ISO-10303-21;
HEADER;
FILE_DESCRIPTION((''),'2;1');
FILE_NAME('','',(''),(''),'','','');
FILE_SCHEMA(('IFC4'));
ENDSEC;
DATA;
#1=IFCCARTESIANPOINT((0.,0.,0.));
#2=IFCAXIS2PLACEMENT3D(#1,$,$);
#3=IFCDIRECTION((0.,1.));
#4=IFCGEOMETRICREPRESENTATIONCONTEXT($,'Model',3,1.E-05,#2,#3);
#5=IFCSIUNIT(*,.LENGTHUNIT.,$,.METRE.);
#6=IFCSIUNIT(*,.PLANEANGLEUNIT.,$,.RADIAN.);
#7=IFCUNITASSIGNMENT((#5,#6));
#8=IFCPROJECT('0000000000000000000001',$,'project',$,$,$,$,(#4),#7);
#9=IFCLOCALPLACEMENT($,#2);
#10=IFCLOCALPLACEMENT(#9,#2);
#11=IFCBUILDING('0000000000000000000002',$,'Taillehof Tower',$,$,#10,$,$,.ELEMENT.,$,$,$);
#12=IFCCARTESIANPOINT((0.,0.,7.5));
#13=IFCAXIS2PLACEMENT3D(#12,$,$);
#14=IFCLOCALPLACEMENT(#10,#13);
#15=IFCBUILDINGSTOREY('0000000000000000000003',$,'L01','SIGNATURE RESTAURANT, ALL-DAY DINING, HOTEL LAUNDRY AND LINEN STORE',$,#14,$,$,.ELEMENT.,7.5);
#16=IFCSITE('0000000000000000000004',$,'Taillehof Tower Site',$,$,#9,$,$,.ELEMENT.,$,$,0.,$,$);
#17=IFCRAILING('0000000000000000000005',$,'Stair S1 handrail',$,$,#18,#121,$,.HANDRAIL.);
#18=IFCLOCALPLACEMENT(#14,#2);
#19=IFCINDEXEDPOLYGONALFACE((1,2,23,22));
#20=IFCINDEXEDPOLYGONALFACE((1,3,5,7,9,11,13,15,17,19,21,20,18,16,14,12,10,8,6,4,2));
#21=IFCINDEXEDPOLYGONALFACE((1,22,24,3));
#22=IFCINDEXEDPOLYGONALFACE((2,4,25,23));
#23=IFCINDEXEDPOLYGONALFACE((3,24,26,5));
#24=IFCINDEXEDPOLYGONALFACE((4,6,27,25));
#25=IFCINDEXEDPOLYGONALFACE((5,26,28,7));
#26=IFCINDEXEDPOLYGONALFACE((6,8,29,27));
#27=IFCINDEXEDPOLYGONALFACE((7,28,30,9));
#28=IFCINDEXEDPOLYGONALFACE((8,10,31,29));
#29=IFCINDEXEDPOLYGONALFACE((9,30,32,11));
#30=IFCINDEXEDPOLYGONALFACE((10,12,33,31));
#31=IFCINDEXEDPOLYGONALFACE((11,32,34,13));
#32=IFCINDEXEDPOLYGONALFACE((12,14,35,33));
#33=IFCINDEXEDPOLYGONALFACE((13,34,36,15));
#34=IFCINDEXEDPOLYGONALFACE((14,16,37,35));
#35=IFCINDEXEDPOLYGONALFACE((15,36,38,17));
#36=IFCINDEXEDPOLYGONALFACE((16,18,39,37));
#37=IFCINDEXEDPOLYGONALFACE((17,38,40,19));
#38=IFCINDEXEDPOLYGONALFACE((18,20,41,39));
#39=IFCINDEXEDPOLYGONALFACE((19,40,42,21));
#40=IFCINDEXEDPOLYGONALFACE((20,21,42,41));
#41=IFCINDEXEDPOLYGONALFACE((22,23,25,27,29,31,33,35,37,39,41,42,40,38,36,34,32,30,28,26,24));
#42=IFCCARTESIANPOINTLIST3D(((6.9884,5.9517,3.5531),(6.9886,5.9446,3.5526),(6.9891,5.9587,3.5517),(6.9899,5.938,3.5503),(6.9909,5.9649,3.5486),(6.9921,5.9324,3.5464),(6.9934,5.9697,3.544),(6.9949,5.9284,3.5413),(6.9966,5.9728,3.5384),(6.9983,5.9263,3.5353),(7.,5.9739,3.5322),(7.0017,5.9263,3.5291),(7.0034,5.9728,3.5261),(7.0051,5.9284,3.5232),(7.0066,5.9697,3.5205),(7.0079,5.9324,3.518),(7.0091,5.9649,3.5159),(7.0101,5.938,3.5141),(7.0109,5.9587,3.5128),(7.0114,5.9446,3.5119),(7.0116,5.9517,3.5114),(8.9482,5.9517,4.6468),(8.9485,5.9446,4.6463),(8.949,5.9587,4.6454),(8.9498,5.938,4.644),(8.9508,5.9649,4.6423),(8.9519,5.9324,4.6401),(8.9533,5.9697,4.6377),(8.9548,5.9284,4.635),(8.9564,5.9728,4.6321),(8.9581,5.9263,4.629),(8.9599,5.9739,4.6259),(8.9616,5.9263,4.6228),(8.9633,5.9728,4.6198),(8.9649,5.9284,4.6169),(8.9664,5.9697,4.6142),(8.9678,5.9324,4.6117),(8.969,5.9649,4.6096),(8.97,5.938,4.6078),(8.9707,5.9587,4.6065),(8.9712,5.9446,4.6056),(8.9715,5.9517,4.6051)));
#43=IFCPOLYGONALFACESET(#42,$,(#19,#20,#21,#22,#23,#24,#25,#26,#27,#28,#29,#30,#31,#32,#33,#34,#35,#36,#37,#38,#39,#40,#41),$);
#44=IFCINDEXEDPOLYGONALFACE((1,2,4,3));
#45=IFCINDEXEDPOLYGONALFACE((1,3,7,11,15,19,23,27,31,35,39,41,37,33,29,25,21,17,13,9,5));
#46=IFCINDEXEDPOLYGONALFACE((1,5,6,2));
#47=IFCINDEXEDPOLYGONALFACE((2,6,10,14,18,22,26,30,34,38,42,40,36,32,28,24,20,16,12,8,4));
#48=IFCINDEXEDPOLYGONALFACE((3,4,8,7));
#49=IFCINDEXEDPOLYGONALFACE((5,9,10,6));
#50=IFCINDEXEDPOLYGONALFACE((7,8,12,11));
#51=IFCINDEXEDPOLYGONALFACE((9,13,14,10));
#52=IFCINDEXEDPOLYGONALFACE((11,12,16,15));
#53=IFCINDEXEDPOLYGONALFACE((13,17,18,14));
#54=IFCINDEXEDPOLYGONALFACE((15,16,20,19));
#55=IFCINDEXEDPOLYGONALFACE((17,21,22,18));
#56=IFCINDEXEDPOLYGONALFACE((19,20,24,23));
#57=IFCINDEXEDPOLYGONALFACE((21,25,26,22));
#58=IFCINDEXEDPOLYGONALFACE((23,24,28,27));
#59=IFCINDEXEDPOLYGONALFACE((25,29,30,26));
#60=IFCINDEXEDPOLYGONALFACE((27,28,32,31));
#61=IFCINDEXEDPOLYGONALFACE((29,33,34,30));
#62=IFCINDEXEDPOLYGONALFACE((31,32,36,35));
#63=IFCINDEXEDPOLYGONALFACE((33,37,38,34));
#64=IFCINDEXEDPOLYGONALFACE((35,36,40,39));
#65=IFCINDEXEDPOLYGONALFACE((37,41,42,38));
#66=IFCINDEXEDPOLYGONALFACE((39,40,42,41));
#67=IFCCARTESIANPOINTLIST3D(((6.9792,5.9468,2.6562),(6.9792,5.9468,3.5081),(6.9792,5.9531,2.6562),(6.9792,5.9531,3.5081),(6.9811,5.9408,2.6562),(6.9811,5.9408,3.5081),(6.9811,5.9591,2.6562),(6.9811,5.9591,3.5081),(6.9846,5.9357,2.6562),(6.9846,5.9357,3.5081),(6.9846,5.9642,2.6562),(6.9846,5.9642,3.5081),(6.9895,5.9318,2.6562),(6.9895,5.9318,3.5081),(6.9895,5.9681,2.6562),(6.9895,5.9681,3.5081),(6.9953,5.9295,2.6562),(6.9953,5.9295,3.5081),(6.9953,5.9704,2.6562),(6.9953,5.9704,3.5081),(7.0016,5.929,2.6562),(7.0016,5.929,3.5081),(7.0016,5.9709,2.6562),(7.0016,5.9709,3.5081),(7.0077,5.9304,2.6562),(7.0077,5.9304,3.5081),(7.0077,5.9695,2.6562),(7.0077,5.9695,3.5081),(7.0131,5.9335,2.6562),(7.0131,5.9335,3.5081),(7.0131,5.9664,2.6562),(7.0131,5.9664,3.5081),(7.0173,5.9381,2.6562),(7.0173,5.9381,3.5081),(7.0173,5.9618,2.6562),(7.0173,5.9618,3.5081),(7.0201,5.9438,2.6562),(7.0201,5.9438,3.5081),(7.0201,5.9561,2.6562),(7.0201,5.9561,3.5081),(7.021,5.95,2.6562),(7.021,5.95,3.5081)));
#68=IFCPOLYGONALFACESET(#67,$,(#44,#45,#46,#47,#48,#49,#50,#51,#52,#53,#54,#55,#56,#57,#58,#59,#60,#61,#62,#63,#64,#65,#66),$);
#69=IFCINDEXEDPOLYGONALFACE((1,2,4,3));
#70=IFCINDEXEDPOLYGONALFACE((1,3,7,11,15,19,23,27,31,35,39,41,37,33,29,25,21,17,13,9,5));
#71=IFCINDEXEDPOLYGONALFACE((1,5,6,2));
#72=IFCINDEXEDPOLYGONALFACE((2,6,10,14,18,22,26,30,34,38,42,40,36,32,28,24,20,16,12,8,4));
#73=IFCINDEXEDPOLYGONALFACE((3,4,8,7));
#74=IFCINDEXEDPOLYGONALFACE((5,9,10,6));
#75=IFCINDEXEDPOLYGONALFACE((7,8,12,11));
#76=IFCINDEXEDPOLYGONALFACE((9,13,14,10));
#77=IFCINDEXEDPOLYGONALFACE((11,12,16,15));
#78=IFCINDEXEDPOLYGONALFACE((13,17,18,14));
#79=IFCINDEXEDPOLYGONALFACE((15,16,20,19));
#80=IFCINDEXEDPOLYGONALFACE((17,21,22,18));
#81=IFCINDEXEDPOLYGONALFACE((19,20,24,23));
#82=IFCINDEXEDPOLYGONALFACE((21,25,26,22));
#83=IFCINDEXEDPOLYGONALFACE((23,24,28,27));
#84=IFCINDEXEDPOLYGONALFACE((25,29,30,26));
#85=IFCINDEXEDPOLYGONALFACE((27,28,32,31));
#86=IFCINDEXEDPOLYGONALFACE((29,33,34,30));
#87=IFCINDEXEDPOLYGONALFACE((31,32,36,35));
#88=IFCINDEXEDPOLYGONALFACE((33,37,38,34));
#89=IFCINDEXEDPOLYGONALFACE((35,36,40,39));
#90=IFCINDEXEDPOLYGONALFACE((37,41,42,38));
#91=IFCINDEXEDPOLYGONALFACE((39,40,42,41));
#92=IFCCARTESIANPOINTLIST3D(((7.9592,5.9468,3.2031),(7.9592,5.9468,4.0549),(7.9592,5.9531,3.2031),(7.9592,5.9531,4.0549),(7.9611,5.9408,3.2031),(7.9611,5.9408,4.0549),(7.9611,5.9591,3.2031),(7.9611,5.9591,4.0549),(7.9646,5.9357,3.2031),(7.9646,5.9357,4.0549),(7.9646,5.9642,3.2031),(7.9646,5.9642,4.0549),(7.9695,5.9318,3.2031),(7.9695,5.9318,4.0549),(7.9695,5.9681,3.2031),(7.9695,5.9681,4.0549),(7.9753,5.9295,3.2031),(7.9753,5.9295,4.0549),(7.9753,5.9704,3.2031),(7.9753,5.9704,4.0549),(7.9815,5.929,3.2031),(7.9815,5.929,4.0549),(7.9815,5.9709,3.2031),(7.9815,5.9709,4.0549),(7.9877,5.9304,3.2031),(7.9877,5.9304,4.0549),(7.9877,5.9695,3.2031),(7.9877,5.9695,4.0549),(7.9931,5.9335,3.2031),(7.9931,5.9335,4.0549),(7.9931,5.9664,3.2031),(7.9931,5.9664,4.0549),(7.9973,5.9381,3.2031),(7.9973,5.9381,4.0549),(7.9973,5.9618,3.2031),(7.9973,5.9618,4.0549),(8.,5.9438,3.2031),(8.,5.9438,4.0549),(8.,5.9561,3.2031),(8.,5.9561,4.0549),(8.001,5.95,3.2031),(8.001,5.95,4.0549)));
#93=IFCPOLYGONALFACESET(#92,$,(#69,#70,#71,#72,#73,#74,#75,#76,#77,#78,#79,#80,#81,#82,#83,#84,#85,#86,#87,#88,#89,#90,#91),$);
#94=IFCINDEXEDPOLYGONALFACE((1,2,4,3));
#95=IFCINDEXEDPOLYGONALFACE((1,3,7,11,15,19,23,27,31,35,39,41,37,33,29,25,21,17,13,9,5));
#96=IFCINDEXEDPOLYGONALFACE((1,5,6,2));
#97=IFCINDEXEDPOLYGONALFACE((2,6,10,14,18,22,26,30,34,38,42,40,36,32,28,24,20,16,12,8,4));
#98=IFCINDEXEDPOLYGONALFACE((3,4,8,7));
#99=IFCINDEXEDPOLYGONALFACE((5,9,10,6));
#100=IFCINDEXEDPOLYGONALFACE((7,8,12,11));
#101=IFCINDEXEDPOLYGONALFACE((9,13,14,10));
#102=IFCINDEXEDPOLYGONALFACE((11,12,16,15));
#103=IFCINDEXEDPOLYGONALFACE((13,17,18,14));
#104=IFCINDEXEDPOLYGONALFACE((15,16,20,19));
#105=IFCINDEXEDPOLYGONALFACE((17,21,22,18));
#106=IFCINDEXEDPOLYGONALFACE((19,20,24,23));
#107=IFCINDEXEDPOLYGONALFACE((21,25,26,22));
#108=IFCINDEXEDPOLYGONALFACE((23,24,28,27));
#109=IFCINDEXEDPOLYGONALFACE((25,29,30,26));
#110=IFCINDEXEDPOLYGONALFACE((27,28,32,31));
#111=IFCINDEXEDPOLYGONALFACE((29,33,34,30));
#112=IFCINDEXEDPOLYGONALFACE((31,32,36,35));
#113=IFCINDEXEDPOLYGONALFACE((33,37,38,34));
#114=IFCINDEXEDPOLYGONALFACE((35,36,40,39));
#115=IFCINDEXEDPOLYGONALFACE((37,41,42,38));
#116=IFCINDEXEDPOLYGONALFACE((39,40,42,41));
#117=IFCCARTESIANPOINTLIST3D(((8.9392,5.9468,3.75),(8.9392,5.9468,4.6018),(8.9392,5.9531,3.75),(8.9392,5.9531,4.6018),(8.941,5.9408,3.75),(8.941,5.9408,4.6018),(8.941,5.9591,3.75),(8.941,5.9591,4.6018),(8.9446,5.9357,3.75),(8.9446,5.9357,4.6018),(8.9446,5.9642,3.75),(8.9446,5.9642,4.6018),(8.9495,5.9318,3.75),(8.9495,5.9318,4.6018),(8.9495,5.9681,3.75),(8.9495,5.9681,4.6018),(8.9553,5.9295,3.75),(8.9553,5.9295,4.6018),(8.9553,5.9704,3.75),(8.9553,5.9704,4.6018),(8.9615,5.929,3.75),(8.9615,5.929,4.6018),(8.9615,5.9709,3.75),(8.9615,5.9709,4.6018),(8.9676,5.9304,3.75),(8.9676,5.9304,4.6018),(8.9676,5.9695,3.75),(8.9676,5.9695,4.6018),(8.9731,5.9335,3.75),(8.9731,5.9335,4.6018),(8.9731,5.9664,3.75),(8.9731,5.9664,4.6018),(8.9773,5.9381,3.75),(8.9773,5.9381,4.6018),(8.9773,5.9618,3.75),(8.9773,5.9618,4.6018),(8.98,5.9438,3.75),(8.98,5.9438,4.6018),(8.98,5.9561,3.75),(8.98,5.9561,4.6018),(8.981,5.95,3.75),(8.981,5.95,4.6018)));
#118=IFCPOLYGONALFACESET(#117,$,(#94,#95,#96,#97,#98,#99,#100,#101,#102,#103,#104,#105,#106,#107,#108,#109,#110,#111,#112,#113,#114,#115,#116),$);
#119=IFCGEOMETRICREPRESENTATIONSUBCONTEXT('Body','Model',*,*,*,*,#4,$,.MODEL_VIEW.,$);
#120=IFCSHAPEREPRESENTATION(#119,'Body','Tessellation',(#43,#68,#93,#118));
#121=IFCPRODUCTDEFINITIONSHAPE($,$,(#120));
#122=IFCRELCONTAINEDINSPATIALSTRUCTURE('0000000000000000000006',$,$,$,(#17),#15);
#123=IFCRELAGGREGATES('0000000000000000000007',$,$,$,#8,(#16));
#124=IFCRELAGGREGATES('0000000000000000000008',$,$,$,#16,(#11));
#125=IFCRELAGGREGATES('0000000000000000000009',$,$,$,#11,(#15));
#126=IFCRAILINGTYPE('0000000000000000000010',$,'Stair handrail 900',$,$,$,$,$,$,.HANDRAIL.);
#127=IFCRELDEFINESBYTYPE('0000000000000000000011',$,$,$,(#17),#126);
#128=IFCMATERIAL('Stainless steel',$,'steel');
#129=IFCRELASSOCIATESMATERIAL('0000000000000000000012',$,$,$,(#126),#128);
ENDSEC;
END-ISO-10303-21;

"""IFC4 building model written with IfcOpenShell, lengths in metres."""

from ifc_helpers import new_model, si_unit, direction, frame, origin, origin_2d, place, context, subcontext, project, spatial, circle, extrude, material, type_object, element, save


model = new_model("IFC4")

# Units and contexts
model_context = context("Model", 3, precision=1e-05, world=origin(), true_north=direction((0.0, 1.0)))
body_context = subcontext(model_context, "Body", "Model", "MODEL_VIEW")
ifc_project = project(units=[si_unit("LENGTHUNIT", "METRE"), si_unit("PLANEANGLEUNIT", "RADIAN")], contexts=[model_context])

# Site, building, storey
site_placement = place(None, origin())
site = spatial("IfcSite", under=ifc_project, at=site_placement, Name="Taillehof Tower Site", CompositionType="ELEMENT", RefElevation=0.0)
building_placement = place(site_placement, origin())
building = spatial("IfcBuilding", under=site, at=building_placement, Name="Taillehof Tower", CompositionType="ELEMENT")
storey_placement = place(building_placement, frame((0.0, 0.0, 7.5)))
storey = spatial("IfcBuildingStorey", under=building, at=storey_placement, Name="L01", Description="SIGNATURE RESTAURANT, ALL-DAY DINING, HOTEL LAUNDRY AND LINEN STORE", CompositionType="ELEMENT", Elevation=7.5)

# Railing
ifc_material_1 = material(Name="Stainless steel", Category="steel")
railing_type_1 = type_object("IfcRailingType", Name="Stair handrail 900", PredefinedType="HANDRAIL", material=ifc_material_1)
railing_1_placement = place(storey_placement, frame((7.0, 5.95, 2.6562)))
element("IfcRailing", 1, at=railing_1_placement, inside=storey, type_object=railing_type_1, Name="Stair S1 handrail", PredefinedType="HANDRAIL", context=body_context, shape_type="SweptSolid", body=[
    extrude(circle(Radius=0.0239, at=origin_2d()), frame((0.0, 0.0, 0.876), z_axis=(0.873232, 0.0, 0.487304), x_axis=(0.0, 1.0, 0.0)), (0.0, 0.0, 1.0), 2.2444),
    extrude(circle(Radius=0.021, at=origin_2d()), origin(), (0.0, 0.0, 1.0), 0.8518),
    extrude(circle(Radius=0.021, at=origin_2d()), frame((0.98, 0.0, 0.5469)), (0.0, 0.0, 1.0), 0.8518),
    extrude(circle(Radius=0.021, at=origin_2d()), frame((1.96, 0.0, 1.0938)), (0.0, 0.0, 1.0), 0.8518),
])

save(model, "model.ifc")
